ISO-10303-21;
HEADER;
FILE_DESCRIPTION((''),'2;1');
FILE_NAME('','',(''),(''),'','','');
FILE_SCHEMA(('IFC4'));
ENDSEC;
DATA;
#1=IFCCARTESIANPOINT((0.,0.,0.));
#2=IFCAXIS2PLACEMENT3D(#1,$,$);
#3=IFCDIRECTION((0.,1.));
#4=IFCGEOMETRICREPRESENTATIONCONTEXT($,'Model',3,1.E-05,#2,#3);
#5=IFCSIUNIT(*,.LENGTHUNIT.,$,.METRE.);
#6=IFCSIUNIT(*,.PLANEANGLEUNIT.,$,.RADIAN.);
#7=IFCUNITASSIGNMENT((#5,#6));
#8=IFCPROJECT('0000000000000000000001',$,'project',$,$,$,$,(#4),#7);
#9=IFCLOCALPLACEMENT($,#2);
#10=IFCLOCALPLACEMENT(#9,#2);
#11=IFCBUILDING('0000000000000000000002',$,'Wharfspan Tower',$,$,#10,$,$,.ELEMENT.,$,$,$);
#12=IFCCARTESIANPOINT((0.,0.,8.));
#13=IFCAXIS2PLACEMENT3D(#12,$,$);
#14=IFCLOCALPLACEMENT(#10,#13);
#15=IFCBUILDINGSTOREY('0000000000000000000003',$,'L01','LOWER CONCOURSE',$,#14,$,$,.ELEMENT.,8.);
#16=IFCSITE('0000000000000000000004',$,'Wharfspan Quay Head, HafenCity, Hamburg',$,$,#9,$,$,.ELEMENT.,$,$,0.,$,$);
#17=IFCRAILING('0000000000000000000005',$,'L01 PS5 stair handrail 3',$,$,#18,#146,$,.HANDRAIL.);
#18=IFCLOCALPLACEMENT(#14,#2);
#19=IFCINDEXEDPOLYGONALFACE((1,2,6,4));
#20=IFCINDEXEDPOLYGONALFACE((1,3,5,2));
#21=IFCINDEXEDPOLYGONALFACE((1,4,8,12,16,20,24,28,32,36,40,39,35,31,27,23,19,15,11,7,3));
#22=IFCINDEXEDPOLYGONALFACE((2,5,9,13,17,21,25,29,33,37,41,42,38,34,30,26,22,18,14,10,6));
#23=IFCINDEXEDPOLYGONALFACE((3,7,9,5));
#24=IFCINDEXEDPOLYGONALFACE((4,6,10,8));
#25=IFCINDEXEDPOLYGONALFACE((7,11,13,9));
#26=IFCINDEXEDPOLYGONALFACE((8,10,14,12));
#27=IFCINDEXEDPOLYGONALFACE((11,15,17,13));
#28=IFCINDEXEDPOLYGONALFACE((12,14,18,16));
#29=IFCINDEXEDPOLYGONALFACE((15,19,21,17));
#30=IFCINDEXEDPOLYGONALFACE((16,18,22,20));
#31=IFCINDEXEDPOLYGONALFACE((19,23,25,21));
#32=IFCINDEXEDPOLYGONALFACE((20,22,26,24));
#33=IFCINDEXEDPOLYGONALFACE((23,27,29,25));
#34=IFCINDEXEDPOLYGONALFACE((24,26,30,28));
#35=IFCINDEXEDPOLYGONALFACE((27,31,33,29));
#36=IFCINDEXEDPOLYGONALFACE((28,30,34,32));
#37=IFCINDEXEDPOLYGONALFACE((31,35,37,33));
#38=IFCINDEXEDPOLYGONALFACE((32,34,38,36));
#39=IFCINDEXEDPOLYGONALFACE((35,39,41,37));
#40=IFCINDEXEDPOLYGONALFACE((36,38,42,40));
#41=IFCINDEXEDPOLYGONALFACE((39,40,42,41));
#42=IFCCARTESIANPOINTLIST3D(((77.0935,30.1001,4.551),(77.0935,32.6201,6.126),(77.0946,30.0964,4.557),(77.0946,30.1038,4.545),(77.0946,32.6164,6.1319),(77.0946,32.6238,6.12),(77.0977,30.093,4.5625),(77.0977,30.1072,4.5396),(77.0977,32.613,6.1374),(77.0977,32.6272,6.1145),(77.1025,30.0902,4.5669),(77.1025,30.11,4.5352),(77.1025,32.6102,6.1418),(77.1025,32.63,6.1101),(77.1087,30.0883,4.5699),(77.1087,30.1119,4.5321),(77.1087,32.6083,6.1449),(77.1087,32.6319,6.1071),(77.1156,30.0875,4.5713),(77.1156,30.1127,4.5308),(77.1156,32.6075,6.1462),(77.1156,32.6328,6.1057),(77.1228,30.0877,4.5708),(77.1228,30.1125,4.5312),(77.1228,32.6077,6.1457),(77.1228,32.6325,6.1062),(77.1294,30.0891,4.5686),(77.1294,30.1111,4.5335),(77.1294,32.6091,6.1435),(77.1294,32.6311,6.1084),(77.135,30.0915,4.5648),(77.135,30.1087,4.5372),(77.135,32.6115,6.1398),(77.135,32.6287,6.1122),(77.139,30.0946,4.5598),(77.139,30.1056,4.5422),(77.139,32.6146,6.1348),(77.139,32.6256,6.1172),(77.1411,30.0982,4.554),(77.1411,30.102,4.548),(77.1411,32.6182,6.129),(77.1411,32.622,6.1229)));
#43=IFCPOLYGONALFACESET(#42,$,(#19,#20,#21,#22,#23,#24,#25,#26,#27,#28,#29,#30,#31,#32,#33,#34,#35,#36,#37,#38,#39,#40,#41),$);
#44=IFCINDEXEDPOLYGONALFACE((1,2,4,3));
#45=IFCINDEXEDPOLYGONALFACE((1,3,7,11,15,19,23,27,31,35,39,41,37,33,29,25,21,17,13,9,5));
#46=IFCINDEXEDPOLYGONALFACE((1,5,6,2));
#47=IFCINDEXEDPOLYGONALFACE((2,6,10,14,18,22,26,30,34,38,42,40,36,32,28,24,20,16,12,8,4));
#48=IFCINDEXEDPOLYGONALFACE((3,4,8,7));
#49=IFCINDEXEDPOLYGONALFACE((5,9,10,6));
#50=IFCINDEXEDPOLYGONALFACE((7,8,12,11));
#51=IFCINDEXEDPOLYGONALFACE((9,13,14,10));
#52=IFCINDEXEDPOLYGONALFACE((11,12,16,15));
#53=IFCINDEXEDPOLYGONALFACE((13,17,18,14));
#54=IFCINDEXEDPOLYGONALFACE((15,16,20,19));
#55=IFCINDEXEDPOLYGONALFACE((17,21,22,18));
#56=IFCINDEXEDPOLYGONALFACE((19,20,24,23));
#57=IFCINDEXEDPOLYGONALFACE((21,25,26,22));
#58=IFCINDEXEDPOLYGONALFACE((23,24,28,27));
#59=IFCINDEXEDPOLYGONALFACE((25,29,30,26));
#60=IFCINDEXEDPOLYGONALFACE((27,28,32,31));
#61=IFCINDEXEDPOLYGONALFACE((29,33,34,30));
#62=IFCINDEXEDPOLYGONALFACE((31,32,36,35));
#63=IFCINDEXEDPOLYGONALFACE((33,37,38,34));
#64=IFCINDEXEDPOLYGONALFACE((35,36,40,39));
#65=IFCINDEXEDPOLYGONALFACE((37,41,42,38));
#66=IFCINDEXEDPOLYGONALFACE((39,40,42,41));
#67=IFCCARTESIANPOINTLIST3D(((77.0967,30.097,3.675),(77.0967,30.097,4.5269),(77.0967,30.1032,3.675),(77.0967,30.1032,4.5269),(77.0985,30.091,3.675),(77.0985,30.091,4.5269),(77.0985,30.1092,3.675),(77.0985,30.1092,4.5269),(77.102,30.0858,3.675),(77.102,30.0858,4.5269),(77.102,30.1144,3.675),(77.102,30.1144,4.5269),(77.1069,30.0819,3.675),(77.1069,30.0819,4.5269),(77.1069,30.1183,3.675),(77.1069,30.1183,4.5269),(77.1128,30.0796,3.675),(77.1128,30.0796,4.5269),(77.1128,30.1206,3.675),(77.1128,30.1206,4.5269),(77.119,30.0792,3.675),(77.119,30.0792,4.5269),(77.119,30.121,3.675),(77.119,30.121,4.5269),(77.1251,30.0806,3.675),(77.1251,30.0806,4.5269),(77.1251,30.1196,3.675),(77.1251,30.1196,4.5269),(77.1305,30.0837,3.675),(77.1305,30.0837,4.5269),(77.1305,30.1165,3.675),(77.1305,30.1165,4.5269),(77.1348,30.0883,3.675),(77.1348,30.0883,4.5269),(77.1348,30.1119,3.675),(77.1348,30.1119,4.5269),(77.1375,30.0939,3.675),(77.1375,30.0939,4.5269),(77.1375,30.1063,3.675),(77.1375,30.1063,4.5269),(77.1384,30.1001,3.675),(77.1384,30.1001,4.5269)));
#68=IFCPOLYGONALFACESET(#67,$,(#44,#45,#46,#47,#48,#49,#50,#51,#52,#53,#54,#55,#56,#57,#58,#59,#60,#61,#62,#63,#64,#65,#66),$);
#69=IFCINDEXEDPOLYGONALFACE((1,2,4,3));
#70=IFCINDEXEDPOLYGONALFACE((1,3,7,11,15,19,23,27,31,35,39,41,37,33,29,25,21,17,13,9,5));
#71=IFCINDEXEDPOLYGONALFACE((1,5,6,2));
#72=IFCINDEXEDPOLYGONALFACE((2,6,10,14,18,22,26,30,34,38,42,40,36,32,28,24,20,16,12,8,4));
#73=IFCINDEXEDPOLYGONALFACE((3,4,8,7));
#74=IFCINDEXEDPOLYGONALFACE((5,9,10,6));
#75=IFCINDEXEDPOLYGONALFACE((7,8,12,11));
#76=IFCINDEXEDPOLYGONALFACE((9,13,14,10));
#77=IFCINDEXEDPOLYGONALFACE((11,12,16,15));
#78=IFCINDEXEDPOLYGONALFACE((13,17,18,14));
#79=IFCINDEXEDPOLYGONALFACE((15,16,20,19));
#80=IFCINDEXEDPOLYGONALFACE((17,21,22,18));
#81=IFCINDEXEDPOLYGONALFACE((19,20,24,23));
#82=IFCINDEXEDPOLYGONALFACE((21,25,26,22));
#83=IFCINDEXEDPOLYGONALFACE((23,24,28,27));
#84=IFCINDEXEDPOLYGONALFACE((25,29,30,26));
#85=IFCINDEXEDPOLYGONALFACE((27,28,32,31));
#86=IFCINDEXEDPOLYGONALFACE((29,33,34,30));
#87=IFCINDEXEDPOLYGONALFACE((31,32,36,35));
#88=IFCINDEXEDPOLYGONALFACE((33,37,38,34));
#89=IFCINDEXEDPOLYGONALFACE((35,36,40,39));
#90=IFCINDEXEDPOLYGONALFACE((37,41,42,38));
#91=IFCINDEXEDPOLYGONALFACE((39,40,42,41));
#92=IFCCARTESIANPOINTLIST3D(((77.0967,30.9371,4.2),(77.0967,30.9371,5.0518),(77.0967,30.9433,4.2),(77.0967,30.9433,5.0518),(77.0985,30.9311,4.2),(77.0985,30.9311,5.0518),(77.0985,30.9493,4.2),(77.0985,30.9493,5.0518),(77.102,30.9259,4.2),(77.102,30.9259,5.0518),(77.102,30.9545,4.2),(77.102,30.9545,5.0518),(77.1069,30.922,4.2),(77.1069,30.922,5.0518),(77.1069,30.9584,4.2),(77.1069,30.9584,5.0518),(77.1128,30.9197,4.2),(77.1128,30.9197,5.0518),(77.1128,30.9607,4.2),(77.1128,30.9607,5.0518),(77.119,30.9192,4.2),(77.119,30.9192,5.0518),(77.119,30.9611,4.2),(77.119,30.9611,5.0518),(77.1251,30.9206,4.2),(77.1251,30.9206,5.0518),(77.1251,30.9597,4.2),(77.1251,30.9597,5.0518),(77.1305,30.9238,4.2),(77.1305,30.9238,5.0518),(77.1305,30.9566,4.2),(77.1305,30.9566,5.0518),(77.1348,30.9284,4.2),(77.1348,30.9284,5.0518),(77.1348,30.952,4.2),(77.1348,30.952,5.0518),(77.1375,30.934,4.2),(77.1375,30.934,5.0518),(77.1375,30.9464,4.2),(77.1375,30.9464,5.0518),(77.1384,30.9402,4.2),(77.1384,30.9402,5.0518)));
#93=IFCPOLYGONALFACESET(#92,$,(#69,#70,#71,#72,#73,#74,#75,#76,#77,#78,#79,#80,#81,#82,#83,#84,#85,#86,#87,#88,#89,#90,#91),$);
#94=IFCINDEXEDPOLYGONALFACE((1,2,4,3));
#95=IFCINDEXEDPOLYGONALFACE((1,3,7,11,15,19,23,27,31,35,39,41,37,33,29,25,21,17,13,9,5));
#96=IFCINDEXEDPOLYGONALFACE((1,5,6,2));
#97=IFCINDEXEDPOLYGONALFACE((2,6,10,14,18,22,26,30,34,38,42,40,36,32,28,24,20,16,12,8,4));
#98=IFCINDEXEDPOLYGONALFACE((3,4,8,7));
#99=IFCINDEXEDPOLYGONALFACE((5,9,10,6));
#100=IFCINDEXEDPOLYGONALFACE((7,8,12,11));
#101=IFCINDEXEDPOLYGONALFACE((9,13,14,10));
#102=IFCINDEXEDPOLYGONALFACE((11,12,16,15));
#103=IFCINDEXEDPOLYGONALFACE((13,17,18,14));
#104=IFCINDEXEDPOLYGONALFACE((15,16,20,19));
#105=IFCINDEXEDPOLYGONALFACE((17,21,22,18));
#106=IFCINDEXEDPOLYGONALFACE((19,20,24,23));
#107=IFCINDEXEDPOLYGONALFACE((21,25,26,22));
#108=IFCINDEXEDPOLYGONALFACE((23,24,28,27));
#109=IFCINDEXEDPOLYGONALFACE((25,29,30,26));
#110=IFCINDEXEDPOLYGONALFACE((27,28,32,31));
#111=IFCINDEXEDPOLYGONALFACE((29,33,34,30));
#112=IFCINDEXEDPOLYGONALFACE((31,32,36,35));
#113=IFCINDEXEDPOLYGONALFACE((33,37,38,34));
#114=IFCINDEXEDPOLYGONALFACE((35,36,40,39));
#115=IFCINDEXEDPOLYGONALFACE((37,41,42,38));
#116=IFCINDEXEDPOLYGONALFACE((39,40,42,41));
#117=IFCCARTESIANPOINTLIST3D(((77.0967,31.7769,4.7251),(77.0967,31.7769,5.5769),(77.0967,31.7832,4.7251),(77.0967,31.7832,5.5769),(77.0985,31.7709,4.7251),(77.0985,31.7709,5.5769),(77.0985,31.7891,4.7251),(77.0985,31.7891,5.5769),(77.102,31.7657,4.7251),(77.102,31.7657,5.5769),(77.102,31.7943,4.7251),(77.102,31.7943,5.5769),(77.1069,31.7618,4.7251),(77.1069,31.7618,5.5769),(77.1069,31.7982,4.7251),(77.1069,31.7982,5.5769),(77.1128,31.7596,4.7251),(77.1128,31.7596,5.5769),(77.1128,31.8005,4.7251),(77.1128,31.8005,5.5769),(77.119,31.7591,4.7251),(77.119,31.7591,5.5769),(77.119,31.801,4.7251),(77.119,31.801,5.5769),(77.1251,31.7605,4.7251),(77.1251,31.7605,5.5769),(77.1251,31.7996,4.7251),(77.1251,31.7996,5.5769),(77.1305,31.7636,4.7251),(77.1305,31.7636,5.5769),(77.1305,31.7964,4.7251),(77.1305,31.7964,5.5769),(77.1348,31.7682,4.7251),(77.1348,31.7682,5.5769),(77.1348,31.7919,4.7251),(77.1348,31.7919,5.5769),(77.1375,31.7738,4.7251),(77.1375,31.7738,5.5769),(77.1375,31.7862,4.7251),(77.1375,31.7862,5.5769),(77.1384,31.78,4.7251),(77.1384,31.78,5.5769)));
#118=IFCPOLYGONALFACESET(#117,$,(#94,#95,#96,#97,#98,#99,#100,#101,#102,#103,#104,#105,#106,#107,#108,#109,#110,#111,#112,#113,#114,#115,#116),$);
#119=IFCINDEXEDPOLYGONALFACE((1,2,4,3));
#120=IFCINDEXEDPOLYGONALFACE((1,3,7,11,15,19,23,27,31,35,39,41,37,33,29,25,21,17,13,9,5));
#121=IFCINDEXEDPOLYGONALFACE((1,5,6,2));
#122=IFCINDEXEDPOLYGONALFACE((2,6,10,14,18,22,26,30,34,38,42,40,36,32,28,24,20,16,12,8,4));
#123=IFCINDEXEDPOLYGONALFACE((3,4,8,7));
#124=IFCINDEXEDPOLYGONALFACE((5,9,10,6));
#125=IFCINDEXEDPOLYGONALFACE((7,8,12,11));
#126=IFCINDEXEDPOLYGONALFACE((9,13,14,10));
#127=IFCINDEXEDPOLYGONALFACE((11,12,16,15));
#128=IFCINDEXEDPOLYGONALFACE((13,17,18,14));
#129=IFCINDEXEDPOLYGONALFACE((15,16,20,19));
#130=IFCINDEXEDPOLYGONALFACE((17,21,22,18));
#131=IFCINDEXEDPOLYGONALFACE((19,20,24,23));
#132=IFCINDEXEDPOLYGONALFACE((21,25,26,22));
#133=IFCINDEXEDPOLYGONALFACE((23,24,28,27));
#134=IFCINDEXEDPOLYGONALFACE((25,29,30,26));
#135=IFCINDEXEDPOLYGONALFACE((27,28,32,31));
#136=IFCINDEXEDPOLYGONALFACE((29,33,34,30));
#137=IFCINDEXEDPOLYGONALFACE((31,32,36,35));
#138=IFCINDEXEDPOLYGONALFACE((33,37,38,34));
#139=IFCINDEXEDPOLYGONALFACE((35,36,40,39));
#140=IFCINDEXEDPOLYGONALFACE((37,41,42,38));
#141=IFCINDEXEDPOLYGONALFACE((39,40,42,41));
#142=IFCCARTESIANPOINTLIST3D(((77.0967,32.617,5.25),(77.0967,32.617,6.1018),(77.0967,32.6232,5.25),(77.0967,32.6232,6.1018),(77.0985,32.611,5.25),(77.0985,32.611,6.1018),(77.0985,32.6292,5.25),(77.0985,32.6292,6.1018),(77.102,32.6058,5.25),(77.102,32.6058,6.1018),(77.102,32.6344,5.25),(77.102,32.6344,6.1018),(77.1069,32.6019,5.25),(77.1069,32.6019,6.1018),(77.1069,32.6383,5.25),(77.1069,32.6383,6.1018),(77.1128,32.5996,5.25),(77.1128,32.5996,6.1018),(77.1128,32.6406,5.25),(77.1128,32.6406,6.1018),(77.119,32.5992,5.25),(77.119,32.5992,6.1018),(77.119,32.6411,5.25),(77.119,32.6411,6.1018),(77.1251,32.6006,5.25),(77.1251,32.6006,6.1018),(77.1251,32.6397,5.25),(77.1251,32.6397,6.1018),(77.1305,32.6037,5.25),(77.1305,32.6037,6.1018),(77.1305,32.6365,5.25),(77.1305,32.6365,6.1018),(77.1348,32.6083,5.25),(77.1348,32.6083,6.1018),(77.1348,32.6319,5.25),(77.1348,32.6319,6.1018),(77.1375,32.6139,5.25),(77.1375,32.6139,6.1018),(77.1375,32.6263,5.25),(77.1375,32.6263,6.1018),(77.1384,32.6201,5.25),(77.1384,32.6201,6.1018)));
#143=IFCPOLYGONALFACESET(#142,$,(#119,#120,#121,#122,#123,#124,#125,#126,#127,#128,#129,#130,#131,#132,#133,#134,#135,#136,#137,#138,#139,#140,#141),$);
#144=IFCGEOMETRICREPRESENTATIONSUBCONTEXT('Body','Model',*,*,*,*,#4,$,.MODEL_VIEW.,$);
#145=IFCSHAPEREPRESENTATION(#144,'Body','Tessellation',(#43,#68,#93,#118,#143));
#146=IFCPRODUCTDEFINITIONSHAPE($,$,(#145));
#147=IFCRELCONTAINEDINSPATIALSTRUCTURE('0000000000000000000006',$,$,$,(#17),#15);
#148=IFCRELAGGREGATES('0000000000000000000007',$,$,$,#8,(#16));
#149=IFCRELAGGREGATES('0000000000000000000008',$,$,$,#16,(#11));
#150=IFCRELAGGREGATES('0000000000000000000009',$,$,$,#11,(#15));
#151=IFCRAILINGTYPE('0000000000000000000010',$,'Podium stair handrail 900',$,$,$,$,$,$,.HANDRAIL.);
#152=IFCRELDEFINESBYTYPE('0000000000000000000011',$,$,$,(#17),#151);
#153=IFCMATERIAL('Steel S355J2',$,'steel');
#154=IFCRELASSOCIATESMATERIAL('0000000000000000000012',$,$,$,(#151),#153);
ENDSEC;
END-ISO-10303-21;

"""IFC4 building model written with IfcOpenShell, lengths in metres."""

from ifc_helpers import new_model, si_unit, direction, frame, origin, origin_2d, place, context, subcontext, project, spatial, circle, extrude, material, type_object, element, save


model = new_model("IFC4")

# Units and contexts
model_context = context("Model", 3, precision=1e-05, world=origin(), true_north=direction((0.0, 1.0)))
body_context = subcontext(model_context, "Body", "Model", "MODEL_VIEW")
ifc_project = project(units=[si_unit("LENGTHUNIT", "METRE"), si_unit("PLANEANGLEUNIT", "RADIAN")], contexts=[model_context])

# Site, building, storey
site_placement = place(None, origin())
site = spatial("IfcSite", under=ifc_project, at=site_placement, Name="Wharfspan Quay Head, HafenCity, Hamburg", CompositionType="ELEMENT", RefElevation=0.0)
building_placement = place(site_placement, origin())
building = spatial("IfcBuilding", under=site, at=building_placement, Name="Wharfspan Tower", CompositionType="ELEMENT")
storey_placement = place(building_placement, frame((0.0, 0.0, 8.0)))
storey = spatial("IfcBuildingStorey", under=building, at=storey_placement, Name="L01", Description="LOWER CONCOURSE", CompositionType="ELEMENT", Elevation=8.0)

# Railing
ifc_material_1 = material(Name="Steel S355J2", Category="steel")
railing_type_1 = type_object("IfcRailingType", Name="Podium stair handrail 900", PredefinedType="HANDRAIL", material=ifc_material_1)
for number, where, name in (
    (1, (77.1174, 30.1001, 3.675), "L01 PS5 stair handrail 3"),
):
    element("IfcRailing", number, at=place(storey_placement, frame(where)), inside=storey, type_object=railing_type_1, Name=name, PredefinedType="HANDRAIL", context=body_context, shape_type="SweptSolid", body=[
        extrude(circle(Radius=0.0239, at=origin_2d()), frame((0.0, 0.0, 0.876), z_axis=(0.0, 0.848008, 0.529984), x_axis=(-1.0, 0.0, 0.0)), (0.0, 0.0, 1.0), 2.9717),
        extrude(circle(Radius=0.021, at=origin_2d()), origin(), (0.0, 0.0, 1.0), 0.8518),
        extrude(circle(Radius=0.021, at=origin_2d()), frame((0.0, 0.8401, 0.5249)), (0.0, 0.0, 1.0), 0.8518),
        extrude(circle(Radius=0.021, at=origin_2d()), frame((0.0, 1.6799, 1.05)), (0.0, 0.0, 1.0), 0.8518),
        extrude(circle(Radius=0.021, at=origin_2d()), frame((0.0, 2.52, 1.575)), (0.0, 0.0, 1.0), 0.8518),
    ])

save(model, "model.ifc")
